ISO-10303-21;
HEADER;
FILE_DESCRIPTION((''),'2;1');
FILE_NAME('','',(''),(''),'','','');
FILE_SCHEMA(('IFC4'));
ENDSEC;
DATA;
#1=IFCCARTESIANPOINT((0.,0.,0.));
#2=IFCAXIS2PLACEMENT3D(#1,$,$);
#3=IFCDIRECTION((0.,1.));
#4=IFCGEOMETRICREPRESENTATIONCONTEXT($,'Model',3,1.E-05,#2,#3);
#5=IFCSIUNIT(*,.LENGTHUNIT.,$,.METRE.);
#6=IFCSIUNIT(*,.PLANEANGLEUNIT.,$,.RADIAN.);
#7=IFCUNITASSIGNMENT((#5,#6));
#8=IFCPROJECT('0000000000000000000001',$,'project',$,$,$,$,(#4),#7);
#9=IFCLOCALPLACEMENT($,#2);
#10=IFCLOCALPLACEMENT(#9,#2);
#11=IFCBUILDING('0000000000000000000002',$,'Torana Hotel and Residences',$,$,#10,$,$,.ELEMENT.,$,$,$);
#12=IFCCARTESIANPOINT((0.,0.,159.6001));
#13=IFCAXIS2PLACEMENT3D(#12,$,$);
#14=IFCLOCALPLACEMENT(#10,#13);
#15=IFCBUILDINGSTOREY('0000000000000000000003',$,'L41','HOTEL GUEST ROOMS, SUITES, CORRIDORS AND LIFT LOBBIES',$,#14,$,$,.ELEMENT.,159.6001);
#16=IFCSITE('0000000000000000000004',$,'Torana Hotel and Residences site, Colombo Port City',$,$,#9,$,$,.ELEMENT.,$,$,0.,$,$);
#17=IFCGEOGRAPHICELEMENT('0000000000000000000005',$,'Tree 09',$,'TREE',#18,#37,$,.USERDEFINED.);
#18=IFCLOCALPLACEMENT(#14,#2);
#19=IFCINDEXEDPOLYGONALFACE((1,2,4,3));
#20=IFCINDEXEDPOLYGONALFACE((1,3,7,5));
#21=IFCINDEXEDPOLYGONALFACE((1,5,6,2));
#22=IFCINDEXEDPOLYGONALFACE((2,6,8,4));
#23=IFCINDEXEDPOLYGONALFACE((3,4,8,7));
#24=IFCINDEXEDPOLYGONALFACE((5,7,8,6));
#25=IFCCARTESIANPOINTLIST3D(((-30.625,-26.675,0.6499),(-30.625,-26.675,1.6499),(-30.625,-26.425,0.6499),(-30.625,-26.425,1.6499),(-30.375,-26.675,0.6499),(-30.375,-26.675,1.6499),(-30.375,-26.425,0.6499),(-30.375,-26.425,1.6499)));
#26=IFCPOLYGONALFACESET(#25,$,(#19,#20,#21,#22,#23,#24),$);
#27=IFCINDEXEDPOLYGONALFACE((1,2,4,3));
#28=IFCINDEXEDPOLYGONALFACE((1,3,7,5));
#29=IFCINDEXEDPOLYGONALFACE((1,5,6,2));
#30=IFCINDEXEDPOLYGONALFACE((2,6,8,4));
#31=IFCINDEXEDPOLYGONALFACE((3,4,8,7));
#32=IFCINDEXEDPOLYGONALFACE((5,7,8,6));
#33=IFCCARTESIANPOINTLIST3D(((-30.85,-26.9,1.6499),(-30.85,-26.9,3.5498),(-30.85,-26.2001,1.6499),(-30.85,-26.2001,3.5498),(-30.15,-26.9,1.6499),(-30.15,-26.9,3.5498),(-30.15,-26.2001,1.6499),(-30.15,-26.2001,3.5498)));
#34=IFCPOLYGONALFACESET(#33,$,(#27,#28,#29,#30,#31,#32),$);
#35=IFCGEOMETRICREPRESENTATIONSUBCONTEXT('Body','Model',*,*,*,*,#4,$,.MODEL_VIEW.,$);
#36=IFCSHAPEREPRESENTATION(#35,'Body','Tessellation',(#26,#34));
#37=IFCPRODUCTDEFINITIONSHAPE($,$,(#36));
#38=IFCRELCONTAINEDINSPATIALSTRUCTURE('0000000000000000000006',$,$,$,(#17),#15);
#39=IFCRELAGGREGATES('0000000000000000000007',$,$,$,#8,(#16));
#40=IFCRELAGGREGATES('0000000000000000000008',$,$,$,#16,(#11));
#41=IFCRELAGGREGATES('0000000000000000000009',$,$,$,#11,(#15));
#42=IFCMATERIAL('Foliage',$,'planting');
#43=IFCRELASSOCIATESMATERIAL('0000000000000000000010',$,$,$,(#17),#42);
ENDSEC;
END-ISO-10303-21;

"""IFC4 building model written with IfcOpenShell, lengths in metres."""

from ifc_helpers import new_model, si_unit, direction, frame, origin, origin_2d, place, context, subcontext, project, spatial, rectangle, extrude, material, element, save


model = new_model("IFC4")

# Units and contexts
model_context = context("Model", 3, precision=1e-05, world=origin(), true_north=direction((0.0, 1.0)))
body_context = subcontext(model_context, "Body", "Model", "MODEL_VIEW")
ifc_project = project(units=[si_unit("LENGTHUNIT", "METRE"), si_unit("PLANEANGLEUNIT", "RADIAN")], contexts=[model_context])

# Site, building, storey
site_placement = place(None, origin())
site = spatial("IfcSite", under=ifc_project, at=site_placement, Name="Torana Hotel and Residences site, Colombo Port City", CompositionType="ELEMENT", RefElevation=0.0)
building_placement = place(site_placement, origin())
building = spatial("IfcBuilding", under=site, at=building_placement, Name="Torana Hotel and Residences", CompositionType="ELEMENT")
storey_placement = place(building_placement, frame((0.0, 0.0, 159.6001)))
storey = spatial("IfcBuildingStorey", under=building, at=storey_placement, Name="L41", Description="HOTEL GUEST ROOMS, SUITES, CORRIDORS AND LIFT LOBBIES", CompositionType="ELEMENT", Elevation=159.6001)

# Geographic element
ifc_material_1 = material(Name="Foliage", Category="planting")
geographic_element_placement = place(storey_placement, frame((-30.5, -26.55, 0.6499), z_axis=(0.0, 0.0, 1.0), x_axis=(1.0, 0.0, 0.0)))
element("IfcGeographicElement", 1, at=geographic_element_placement, inside=storey, material=ifc_material_1, Name="Tree 09", ObjectType="TREE", PredefinedType="USERDEFINED", context=body_context, shape_type="SweptSolid", body=[
    extrude(rectangle(XDim=0.25, YDim=0.25, at=origin_2d()), origin(), (0.0, 0.0, 1.0), 1.0),
    extrude(rectangle(XDim=0.7, YDim=0.7, at=origin_2d()), frame((0.0, 0.0, 1.0)), (0.0, 0.0, 1.0), 1.8999),
])

save(model, "model.ifc")
